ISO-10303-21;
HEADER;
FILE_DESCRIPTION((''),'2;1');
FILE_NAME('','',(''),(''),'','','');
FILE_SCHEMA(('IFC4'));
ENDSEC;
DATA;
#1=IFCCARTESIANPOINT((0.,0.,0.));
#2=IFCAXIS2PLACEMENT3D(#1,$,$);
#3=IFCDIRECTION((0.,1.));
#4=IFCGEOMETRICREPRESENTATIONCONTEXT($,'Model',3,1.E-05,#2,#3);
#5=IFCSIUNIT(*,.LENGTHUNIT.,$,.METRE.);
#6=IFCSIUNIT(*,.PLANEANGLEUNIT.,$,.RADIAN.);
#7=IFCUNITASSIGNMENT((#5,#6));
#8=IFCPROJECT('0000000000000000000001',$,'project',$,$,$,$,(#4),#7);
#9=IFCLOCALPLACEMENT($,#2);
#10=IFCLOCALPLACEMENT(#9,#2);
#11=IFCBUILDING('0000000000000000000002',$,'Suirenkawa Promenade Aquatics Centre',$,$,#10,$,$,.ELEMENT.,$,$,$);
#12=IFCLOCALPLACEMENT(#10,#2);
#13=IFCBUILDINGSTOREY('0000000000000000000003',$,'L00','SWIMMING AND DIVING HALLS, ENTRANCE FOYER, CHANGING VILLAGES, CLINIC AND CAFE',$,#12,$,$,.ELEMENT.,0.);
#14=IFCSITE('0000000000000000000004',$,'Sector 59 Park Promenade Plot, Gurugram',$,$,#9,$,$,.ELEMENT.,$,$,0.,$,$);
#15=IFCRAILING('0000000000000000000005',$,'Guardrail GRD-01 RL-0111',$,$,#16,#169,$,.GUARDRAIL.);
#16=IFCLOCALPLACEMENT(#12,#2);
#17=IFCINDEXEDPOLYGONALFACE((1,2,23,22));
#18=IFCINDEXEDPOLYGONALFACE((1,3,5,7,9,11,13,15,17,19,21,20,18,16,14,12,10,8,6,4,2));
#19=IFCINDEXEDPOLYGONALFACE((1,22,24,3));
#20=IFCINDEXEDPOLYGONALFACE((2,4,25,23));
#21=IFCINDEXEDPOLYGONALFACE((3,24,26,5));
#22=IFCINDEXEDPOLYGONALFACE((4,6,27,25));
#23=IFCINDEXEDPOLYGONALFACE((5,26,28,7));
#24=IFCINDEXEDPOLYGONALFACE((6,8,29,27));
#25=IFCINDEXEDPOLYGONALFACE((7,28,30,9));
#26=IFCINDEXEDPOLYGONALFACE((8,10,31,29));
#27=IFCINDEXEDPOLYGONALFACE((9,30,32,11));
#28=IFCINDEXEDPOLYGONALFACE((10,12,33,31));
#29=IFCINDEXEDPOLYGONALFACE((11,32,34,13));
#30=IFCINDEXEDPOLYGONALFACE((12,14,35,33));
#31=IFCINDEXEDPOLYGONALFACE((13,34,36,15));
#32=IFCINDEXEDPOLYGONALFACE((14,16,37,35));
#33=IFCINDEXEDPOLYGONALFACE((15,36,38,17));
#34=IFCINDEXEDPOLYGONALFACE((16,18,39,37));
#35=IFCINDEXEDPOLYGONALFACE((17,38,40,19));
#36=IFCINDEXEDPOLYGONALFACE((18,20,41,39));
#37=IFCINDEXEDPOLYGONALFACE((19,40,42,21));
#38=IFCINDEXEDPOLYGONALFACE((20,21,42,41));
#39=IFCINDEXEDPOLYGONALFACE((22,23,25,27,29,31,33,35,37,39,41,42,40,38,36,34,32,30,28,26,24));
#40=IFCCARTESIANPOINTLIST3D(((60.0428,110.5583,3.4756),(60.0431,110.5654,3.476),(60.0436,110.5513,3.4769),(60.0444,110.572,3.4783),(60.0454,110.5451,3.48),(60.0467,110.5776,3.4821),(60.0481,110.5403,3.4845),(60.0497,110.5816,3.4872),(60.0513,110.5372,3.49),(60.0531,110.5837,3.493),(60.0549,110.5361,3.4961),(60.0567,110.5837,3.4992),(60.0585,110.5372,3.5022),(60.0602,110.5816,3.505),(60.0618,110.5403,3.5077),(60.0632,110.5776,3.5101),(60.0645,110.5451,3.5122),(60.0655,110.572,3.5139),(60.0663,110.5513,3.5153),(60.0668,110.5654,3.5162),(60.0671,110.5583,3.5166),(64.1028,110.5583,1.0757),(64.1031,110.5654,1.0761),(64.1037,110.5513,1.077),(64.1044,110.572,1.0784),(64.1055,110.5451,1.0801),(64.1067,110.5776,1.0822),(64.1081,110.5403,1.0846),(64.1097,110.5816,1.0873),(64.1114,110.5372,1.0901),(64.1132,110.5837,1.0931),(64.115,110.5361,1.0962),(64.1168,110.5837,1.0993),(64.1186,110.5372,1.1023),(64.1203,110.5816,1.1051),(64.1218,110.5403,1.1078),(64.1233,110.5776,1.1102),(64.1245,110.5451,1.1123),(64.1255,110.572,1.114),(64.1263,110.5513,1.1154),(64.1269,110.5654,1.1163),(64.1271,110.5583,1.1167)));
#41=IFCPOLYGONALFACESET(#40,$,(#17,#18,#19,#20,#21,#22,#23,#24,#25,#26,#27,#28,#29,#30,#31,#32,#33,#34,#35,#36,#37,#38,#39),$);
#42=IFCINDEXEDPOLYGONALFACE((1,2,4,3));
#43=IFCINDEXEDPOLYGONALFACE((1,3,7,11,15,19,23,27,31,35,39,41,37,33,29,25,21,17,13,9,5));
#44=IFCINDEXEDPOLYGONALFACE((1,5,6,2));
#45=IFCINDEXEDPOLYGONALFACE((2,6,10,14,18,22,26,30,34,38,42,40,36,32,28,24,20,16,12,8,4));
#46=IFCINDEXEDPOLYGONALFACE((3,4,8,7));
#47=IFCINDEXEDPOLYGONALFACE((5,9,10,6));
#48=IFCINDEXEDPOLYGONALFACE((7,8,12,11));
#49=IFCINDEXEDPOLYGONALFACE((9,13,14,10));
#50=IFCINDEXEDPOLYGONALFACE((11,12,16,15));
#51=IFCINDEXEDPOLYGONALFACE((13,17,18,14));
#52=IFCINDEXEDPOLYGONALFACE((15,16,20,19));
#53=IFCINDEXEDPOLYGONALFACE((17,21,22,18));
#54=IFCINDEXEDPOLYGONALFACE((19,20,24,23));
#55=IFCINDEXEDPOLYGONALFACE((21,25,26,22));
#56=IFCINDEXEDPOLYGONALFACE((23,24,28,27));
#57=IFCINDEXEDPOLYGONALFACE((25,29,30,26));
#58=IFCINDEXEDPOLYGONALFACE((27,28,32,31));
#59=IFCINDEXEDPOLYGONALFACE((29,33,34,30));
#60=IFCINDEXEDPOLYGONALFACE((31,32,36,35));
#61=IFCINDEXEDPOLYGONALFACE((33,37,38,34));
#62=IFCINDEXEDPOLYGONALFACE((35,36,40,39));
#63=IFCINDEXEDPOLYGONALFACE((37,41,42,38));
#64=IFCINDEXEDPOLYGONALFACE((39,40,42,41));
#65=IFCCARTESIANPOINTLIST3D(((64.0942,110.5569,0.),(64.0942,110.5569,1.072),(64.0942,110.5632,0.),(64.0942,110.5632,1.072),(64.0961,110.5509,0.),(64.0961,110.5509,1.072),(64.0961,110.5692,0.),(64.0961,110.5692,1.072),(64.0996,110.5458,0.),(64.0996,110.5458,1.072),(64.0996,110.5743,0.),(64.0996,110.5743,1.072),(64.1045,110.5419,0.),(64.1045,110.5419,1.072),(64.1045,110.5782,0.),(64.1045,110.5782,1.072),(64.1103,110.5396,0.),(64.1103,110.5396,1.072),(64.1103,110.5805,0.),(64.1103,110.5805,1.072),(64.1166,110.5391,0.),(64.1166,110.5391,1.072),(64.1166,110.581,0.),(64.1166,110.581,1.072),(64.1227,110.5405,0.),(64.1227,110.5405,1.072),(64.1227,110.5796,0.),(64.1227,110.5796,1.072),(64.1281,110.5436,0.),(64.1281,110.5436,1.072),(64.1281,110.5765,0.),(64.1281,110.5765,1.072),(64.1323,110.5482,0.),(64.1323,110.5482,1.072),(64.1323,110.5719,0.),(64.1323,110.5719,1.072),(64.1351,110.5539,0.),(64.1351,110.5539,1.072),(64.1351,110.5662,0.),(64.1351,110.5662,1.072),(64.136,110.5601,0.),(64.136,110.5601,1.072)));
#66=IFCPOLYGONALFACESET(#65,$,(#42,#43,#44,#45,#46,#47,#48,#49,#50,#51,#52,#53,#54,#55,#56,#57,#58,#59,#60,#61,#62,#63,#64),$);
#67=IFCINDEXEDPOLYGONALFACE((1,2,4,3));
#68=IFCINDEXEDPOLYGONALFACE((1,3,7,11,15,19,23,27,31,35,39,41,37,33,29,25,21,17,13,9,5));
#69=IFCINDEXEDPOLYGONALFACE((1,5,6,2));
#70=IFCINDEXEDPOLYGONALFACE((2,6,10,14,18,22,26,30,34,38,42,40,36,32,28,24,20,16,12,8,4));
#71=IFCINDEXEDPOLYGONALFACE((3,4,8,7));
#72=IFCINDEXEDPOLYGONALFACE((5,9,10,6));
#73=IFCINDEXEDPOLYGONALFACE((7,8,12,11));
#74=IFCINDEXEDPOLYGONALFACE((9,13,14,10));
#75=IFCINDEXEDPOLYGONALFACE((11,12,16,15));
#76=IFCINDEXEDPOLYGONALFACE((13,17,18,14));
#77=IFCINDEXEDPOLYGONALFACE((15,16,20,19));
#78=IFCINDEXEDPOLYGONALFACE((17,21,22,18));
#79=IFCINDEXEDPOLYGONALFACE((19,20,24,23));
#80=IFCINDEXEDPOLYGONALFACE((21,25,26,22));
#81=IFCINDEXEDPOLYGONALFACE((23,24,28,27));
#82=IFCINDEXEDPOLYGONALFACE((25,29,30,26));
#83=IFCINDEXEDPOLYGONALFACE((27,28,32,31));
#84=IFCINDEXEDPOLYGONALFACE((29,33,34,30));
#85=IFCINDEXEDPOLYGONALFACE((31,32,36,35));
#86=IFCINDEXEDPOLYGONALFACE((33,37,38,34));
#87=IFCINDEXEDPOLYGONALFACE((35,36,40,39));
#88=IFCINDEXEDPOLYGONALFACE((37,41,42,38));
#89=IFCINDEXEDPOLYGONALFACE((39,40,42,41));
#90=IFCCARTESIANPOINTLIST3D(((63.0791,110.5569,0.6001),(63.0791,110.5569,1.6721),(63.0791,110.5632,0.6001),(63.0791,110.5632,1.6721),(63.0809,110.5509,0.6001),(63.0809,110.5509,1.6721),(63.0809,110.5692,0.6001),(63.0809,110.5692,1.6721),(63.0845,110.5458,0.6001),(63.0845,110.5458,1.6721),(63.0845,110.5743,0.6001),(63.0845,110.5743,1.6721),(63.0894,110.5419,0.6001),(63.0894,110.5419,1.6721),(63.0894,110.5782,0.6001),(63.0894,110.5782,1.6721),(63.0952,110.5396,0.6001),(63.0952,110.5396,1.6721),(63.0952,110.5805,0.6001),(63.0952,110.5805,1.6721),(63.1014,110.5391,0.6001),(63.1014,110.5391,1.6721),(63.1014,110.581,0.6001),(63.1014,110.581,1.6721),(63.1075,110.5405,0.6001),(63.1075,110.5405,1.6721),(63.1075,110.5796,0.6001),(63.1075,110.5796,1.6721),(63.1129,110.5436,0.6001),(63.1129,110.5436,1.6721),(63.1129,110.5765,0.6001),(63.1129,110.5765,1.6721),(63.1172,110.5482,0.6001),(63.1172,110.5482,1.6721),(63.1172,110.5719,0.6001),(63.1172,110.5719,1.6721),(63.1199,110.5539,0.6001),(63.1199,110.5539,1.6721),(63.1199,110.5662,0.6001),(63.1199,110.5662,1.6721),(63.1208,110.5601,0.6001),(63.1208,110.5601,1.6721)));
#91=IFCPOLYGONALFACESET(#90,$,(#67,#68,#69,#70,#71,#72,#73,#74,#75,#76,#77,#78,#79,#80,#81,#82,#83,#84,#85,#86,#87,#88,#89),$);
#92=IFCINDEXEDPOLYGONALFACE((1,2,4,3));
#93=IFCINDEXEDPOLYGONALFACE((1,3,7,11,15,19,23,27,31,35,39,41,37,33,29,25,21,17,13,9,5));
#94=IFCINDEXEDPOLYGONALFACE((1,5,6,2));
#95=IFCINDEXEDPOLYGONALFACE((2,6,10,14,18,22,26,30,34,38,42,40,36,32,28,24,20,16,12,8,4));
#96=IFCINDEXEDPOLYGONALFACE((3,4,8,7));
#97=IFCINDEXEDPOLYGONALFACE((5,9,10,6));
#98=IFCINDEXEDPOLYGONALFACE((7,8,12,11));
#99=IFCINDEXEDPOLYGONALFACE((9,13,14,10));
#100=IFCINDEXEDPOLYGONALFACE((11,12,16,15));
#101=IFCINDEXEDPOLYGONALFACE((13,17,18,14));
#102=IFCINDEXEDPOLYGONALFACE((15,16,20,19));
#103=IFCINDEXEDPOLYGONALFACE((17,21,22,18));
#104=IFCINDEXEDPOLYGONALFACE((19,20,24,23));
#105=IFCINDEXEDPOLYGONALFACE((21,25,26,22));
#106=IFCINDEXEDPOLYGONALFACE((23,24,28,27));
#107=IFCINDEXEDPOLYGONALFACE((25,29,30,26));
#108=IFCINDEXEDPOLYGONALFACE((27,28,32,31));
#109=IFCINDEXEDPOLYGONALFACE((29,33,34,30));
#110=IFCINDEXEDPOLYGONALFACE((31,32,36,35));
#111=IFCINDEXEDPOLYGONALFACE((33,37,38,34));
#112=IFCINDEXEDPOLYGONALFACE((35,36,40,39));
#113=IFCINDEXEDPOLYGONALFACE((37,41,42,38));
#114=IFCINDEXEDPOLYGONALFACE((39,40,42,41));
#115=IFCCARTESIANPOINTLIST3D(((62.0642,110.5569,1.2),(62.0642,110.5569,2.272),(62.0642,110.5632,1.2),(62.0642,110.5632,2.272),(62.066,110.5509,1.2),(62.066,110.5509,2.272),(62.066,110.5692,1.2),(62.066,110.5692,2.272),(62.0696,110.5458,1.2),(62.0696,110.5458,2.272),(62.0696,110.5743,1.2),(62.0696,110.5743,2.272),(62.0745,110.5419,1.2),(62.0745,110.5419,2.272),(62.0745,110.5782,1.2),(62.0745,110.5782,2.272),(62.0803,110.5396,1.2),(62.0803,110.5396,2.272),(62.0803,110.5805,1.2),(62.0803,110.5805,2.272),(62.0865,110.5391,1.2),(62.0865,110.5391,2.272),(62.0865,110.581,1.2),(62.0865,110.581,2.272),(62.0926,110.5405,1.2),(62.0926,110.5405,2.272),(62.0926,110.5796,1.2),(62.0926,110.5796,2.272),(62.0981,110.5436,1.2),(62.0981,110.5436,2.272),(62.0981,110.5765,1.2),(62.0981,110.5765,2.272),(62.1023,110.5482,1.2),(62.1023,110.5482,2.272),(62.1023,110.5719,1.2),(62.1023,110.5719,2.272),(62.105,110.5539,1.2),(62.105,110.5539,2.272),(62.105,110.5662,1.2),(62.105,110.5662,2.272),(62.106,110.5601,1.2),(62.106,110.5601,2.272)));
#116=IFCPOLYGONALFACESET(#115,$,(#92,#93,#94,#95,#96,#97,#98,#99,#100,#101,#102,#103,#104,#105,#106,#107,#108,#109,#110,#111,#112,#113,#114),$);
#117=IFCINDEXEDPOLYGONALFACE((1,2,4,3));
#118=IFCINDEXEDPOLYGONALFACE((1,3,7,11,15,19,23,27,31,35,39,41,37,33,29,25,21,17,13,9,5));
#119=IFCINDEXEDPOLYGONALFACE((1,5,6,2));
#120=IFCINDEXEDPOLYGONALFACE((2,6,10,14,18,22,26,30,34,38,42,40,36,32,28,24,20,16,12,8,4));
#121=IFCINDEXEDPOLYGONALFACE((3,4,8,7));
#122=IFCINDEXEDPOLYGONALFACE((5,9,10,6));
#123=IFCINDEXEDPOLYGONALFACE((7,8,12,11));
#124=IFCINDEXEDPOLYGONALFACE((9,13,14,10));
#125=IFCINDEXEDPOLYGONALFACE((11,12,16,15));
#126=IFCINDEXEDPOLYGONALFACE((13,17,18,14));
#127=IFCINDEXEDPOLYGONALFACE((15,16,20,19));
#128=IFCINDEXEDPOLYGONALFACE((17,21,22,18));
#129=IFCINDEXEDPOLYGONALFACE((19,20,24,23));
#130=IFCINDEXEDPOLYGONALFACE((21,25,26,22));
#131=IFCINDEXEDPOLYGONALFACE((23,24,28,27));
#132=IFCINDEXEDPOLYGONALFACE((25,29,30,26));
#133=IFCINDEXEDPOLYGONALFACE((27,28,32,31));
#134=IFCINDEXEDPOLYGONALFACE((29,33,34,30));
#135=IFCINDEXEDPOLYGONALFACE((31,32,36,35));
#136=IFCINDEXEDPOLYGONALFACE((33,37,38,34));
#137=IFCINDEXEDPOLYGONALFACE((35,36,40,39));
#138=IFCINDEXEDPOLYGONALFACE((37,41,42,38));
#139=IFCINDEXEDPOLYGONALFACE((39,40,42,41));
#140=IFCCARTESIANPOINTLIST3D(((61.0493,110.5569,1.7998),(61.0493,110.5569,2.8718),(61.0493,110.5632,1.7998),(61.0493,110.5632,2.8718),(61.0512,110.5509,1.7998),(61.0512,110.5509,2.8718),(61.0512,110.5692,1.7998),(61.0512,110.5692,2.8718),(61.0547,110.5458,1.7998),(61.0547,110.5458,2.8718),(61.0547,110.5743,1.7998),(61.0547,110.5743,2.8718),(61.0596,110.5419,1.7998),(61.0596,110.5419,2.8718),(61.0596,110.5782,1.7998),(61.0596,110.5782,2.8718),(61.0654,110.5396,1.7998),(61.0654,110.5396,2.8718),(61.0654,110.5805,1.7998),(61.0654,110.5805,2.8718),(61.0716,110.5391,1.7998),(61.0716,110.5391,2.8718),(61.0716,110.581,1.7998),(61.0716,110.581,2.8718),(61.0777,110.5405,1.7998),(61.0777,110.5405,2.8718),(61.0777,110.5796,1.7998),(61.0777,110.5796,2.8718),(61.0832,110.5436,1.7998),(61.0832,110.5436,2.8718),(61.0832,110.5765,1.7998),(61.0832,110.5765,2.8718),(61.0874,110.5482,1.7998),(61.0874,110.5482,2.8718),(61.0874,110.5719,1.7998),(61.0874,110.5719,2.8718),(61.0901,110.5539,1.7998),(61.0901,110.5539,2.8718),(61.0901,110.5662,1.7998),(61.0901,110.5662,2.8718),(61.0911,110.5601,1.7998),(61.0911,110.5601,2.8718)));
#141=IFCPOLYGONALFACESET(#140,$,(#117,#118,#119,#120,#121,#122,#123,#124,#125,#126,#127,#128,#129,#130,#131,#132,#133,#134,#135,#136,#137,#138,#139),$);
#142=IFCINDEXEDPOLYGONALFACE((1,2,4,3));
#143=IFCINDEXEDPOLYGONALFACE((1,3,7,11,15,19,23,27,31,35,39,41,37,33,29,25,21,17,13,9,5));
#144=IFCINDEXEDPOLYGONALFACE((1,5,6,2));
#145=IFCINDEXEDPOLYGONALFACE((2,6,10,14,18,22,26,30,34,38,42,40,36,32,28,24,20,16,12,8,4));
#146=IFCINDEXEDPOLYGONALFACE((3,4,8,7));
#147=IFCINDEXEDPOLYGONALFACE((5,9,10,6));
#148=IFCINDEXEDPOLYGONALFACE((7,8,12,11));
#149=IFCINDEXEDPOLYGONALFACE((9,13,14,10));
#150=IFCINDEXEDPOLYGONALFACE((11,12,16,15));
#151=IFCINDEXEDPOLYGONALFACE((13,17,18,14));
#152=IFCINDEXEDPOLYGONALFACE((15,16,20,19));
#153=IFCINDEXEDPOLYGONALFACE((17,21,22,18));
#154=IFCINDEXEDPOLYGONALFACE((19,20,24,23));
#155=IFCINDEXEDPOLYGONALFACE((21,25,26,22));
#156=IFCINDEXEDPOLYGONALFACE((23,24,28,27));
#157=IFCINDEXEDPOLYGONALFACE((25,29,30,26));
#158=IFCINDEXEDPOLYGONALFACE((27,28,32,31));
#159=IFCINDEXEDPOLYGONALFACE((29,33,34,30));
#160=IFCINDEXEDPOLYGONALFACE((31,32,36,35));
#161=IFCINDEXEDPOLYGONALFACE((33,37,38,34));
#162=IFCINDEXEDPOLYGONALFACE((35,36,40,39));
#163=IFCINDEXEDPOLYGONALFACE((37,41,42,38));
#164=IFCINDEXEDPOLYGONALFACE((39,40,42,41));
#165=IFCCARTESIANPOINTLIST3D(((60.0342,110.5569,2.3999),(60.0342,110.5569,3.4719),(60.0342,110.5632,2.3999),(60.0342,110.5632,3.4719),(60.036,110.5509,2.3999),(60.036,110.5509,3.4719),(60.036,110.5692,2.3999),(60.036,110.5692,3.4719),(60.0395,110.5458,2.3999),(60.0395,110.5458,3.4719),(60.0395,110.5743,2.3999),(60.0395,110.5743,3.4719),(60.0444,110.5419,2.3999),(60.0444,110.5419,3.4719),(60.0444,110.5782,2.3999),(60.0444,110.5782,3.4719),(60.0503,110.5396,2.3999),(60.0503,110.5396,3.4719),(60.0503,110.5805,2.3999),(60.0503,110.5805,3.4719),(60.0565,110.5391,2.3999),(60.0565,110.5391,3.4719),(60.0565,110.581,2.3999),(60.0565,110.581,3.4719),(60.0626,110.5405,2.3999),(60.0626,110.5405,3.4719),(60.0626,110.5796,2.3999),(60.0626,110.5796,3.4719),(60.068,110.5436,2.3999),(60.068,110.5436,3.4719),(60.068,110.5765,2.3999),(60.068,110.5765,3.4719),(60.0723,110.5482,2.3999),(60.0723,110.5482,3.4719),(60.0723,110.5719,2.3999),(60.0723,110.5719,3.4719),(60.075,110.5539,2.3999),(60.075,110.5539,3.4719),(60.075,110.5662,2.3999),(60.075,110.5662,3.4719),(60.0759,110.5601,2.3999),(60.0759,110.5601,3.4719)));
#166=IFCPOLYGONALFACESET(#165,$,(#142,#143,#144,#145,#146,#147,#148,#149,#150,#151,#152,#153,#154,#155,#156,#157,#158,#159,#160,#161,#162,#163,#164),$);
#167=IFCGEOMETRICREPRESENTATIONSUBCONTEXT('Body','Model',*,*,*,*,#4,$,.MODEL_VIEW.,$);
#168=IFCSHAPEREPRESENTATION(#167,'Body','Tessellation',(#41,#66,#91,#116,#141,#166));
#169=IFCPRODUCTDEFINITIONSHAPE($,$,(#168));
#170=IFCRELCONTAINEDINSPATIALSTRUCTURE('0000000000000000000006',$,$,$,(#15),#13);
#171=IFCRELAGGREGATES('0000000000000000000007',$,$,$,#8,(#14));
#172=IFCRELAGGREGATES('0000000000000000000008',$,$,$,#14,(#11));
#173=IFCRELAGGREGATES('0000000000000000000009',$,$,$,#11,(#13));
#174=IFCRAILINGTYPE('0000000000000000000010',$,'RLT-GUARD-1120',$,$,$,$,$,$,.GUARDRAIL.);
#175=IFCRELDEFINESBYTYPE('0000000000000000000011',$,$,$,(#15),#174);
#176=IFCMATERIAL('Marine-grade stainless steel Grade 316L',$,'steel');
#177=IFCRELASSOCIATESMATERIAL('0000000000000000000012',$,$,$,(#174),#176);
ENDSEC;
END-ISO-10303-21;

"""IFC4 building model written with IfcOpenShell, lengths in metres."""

from ifc_helpers import new_model, si_unit, direction, frame, origin, origin_2d, place, context, subcontext, project, spatial, circle, extrude, material, type_object, element, save


model = new_model("IFC4")

# Units and contexts
model_context = context("Model", 3, precision=1e-05, world=origin(), true_north=direction((0.0, 1.0)))
body_context = subcontext(model_context, "Body", "Model", "MODEL_VIEW")
ifc_project = project(units=[si_unit("LENGTHUNIT", "METRE"), si_unit("PLANEANGLEUNIT", "RADIAN")], contexts=[model_context])

# Site, building, storey
site_placement = place(None, origin())
site = spatial("IfcSite", under=ifc_project, at=site_placement, Name="Sector 59 Park Promenade Plot, Gurugram", CompositionType="ELEMENT", RefElevation=0.0)
building_placement = place(site_placement, origin())
building = spatial("IfcBuilding", under=site, at=building_placement, Name="Suirenkawa Promenade Aquatics Centre", CompositionType="ELEMENT")
storey_placement = place(building_placement, origin())
storey = spatial("IfcBuildingStorey", under=building, at=storey_placement, Name="L00", Description="SWIMMING AND DIVING HALLS, ENTRANCE FOYER, CHANGING VILLAGES, CLINIC AND CAFE", CompositionType="ELEMENT", Elevation=0.0)

# Shared definitions
ifc_material_1 = material(Name="Marine-grade stainless steel Grade 316L", Category="steel")

# Railing
railing_type_1 = type_object("IfcRailingType", Name="RLT-GUARD-1120", PredefinedType="GUARDRAIL", material=ifc_material_1)
for number, where, name in (
    (1, (64.115, 110.5601, 0.0), "Guardrail GRD-01 RL-0111"),
):
    element("IfcRailing", number, at=place(storey_placement, frame(where)), inside=storey, type_object=railing_type_1, Name=name, PredefinedType="GUARDRAIL", context=body_context, shape_type="SweptSolid", body=[
        extrude(circle(Radius=0.0239, at=origin_2d()), frame((0.0, 0.0, 1.0962), z_axis=(-0.860854, 0.0, 0.508851), x_axis=(0.0, -1.0, 0.0)), (0.0, 0.0, 1.0), 4.7163),
        extrude(circle(Radius=0.021, at=origin_2d()), origin(), (0.0, 0.0, 1.0), 1.072),
        extrude(circle(Radius=0.021, at=origin_2d()), frame((-1.0151, 0.0, 0.6001)), (0.0, 0.0, 1.0), 1.072),
        extrude(circle(Radius=0.021, at=origin_2d()), frame((-2.03, 0.0, 1.2)), (0.0, 0.0, 1.0), 1.072),
        extrude(circle(Radius=0.021, at=origin_2d()), frame((-3.0449, 0.0, 1.7998)), (0.0, 0.0, 1.0), 1.072),
        extrude(circle(Radius=0.021, at=origin_2d()), frame((-4.0601, 0.0, 2.3999)), (0.0, 0.0, 1.0), 1.072),
    ])

save(model, "model.ifc")
